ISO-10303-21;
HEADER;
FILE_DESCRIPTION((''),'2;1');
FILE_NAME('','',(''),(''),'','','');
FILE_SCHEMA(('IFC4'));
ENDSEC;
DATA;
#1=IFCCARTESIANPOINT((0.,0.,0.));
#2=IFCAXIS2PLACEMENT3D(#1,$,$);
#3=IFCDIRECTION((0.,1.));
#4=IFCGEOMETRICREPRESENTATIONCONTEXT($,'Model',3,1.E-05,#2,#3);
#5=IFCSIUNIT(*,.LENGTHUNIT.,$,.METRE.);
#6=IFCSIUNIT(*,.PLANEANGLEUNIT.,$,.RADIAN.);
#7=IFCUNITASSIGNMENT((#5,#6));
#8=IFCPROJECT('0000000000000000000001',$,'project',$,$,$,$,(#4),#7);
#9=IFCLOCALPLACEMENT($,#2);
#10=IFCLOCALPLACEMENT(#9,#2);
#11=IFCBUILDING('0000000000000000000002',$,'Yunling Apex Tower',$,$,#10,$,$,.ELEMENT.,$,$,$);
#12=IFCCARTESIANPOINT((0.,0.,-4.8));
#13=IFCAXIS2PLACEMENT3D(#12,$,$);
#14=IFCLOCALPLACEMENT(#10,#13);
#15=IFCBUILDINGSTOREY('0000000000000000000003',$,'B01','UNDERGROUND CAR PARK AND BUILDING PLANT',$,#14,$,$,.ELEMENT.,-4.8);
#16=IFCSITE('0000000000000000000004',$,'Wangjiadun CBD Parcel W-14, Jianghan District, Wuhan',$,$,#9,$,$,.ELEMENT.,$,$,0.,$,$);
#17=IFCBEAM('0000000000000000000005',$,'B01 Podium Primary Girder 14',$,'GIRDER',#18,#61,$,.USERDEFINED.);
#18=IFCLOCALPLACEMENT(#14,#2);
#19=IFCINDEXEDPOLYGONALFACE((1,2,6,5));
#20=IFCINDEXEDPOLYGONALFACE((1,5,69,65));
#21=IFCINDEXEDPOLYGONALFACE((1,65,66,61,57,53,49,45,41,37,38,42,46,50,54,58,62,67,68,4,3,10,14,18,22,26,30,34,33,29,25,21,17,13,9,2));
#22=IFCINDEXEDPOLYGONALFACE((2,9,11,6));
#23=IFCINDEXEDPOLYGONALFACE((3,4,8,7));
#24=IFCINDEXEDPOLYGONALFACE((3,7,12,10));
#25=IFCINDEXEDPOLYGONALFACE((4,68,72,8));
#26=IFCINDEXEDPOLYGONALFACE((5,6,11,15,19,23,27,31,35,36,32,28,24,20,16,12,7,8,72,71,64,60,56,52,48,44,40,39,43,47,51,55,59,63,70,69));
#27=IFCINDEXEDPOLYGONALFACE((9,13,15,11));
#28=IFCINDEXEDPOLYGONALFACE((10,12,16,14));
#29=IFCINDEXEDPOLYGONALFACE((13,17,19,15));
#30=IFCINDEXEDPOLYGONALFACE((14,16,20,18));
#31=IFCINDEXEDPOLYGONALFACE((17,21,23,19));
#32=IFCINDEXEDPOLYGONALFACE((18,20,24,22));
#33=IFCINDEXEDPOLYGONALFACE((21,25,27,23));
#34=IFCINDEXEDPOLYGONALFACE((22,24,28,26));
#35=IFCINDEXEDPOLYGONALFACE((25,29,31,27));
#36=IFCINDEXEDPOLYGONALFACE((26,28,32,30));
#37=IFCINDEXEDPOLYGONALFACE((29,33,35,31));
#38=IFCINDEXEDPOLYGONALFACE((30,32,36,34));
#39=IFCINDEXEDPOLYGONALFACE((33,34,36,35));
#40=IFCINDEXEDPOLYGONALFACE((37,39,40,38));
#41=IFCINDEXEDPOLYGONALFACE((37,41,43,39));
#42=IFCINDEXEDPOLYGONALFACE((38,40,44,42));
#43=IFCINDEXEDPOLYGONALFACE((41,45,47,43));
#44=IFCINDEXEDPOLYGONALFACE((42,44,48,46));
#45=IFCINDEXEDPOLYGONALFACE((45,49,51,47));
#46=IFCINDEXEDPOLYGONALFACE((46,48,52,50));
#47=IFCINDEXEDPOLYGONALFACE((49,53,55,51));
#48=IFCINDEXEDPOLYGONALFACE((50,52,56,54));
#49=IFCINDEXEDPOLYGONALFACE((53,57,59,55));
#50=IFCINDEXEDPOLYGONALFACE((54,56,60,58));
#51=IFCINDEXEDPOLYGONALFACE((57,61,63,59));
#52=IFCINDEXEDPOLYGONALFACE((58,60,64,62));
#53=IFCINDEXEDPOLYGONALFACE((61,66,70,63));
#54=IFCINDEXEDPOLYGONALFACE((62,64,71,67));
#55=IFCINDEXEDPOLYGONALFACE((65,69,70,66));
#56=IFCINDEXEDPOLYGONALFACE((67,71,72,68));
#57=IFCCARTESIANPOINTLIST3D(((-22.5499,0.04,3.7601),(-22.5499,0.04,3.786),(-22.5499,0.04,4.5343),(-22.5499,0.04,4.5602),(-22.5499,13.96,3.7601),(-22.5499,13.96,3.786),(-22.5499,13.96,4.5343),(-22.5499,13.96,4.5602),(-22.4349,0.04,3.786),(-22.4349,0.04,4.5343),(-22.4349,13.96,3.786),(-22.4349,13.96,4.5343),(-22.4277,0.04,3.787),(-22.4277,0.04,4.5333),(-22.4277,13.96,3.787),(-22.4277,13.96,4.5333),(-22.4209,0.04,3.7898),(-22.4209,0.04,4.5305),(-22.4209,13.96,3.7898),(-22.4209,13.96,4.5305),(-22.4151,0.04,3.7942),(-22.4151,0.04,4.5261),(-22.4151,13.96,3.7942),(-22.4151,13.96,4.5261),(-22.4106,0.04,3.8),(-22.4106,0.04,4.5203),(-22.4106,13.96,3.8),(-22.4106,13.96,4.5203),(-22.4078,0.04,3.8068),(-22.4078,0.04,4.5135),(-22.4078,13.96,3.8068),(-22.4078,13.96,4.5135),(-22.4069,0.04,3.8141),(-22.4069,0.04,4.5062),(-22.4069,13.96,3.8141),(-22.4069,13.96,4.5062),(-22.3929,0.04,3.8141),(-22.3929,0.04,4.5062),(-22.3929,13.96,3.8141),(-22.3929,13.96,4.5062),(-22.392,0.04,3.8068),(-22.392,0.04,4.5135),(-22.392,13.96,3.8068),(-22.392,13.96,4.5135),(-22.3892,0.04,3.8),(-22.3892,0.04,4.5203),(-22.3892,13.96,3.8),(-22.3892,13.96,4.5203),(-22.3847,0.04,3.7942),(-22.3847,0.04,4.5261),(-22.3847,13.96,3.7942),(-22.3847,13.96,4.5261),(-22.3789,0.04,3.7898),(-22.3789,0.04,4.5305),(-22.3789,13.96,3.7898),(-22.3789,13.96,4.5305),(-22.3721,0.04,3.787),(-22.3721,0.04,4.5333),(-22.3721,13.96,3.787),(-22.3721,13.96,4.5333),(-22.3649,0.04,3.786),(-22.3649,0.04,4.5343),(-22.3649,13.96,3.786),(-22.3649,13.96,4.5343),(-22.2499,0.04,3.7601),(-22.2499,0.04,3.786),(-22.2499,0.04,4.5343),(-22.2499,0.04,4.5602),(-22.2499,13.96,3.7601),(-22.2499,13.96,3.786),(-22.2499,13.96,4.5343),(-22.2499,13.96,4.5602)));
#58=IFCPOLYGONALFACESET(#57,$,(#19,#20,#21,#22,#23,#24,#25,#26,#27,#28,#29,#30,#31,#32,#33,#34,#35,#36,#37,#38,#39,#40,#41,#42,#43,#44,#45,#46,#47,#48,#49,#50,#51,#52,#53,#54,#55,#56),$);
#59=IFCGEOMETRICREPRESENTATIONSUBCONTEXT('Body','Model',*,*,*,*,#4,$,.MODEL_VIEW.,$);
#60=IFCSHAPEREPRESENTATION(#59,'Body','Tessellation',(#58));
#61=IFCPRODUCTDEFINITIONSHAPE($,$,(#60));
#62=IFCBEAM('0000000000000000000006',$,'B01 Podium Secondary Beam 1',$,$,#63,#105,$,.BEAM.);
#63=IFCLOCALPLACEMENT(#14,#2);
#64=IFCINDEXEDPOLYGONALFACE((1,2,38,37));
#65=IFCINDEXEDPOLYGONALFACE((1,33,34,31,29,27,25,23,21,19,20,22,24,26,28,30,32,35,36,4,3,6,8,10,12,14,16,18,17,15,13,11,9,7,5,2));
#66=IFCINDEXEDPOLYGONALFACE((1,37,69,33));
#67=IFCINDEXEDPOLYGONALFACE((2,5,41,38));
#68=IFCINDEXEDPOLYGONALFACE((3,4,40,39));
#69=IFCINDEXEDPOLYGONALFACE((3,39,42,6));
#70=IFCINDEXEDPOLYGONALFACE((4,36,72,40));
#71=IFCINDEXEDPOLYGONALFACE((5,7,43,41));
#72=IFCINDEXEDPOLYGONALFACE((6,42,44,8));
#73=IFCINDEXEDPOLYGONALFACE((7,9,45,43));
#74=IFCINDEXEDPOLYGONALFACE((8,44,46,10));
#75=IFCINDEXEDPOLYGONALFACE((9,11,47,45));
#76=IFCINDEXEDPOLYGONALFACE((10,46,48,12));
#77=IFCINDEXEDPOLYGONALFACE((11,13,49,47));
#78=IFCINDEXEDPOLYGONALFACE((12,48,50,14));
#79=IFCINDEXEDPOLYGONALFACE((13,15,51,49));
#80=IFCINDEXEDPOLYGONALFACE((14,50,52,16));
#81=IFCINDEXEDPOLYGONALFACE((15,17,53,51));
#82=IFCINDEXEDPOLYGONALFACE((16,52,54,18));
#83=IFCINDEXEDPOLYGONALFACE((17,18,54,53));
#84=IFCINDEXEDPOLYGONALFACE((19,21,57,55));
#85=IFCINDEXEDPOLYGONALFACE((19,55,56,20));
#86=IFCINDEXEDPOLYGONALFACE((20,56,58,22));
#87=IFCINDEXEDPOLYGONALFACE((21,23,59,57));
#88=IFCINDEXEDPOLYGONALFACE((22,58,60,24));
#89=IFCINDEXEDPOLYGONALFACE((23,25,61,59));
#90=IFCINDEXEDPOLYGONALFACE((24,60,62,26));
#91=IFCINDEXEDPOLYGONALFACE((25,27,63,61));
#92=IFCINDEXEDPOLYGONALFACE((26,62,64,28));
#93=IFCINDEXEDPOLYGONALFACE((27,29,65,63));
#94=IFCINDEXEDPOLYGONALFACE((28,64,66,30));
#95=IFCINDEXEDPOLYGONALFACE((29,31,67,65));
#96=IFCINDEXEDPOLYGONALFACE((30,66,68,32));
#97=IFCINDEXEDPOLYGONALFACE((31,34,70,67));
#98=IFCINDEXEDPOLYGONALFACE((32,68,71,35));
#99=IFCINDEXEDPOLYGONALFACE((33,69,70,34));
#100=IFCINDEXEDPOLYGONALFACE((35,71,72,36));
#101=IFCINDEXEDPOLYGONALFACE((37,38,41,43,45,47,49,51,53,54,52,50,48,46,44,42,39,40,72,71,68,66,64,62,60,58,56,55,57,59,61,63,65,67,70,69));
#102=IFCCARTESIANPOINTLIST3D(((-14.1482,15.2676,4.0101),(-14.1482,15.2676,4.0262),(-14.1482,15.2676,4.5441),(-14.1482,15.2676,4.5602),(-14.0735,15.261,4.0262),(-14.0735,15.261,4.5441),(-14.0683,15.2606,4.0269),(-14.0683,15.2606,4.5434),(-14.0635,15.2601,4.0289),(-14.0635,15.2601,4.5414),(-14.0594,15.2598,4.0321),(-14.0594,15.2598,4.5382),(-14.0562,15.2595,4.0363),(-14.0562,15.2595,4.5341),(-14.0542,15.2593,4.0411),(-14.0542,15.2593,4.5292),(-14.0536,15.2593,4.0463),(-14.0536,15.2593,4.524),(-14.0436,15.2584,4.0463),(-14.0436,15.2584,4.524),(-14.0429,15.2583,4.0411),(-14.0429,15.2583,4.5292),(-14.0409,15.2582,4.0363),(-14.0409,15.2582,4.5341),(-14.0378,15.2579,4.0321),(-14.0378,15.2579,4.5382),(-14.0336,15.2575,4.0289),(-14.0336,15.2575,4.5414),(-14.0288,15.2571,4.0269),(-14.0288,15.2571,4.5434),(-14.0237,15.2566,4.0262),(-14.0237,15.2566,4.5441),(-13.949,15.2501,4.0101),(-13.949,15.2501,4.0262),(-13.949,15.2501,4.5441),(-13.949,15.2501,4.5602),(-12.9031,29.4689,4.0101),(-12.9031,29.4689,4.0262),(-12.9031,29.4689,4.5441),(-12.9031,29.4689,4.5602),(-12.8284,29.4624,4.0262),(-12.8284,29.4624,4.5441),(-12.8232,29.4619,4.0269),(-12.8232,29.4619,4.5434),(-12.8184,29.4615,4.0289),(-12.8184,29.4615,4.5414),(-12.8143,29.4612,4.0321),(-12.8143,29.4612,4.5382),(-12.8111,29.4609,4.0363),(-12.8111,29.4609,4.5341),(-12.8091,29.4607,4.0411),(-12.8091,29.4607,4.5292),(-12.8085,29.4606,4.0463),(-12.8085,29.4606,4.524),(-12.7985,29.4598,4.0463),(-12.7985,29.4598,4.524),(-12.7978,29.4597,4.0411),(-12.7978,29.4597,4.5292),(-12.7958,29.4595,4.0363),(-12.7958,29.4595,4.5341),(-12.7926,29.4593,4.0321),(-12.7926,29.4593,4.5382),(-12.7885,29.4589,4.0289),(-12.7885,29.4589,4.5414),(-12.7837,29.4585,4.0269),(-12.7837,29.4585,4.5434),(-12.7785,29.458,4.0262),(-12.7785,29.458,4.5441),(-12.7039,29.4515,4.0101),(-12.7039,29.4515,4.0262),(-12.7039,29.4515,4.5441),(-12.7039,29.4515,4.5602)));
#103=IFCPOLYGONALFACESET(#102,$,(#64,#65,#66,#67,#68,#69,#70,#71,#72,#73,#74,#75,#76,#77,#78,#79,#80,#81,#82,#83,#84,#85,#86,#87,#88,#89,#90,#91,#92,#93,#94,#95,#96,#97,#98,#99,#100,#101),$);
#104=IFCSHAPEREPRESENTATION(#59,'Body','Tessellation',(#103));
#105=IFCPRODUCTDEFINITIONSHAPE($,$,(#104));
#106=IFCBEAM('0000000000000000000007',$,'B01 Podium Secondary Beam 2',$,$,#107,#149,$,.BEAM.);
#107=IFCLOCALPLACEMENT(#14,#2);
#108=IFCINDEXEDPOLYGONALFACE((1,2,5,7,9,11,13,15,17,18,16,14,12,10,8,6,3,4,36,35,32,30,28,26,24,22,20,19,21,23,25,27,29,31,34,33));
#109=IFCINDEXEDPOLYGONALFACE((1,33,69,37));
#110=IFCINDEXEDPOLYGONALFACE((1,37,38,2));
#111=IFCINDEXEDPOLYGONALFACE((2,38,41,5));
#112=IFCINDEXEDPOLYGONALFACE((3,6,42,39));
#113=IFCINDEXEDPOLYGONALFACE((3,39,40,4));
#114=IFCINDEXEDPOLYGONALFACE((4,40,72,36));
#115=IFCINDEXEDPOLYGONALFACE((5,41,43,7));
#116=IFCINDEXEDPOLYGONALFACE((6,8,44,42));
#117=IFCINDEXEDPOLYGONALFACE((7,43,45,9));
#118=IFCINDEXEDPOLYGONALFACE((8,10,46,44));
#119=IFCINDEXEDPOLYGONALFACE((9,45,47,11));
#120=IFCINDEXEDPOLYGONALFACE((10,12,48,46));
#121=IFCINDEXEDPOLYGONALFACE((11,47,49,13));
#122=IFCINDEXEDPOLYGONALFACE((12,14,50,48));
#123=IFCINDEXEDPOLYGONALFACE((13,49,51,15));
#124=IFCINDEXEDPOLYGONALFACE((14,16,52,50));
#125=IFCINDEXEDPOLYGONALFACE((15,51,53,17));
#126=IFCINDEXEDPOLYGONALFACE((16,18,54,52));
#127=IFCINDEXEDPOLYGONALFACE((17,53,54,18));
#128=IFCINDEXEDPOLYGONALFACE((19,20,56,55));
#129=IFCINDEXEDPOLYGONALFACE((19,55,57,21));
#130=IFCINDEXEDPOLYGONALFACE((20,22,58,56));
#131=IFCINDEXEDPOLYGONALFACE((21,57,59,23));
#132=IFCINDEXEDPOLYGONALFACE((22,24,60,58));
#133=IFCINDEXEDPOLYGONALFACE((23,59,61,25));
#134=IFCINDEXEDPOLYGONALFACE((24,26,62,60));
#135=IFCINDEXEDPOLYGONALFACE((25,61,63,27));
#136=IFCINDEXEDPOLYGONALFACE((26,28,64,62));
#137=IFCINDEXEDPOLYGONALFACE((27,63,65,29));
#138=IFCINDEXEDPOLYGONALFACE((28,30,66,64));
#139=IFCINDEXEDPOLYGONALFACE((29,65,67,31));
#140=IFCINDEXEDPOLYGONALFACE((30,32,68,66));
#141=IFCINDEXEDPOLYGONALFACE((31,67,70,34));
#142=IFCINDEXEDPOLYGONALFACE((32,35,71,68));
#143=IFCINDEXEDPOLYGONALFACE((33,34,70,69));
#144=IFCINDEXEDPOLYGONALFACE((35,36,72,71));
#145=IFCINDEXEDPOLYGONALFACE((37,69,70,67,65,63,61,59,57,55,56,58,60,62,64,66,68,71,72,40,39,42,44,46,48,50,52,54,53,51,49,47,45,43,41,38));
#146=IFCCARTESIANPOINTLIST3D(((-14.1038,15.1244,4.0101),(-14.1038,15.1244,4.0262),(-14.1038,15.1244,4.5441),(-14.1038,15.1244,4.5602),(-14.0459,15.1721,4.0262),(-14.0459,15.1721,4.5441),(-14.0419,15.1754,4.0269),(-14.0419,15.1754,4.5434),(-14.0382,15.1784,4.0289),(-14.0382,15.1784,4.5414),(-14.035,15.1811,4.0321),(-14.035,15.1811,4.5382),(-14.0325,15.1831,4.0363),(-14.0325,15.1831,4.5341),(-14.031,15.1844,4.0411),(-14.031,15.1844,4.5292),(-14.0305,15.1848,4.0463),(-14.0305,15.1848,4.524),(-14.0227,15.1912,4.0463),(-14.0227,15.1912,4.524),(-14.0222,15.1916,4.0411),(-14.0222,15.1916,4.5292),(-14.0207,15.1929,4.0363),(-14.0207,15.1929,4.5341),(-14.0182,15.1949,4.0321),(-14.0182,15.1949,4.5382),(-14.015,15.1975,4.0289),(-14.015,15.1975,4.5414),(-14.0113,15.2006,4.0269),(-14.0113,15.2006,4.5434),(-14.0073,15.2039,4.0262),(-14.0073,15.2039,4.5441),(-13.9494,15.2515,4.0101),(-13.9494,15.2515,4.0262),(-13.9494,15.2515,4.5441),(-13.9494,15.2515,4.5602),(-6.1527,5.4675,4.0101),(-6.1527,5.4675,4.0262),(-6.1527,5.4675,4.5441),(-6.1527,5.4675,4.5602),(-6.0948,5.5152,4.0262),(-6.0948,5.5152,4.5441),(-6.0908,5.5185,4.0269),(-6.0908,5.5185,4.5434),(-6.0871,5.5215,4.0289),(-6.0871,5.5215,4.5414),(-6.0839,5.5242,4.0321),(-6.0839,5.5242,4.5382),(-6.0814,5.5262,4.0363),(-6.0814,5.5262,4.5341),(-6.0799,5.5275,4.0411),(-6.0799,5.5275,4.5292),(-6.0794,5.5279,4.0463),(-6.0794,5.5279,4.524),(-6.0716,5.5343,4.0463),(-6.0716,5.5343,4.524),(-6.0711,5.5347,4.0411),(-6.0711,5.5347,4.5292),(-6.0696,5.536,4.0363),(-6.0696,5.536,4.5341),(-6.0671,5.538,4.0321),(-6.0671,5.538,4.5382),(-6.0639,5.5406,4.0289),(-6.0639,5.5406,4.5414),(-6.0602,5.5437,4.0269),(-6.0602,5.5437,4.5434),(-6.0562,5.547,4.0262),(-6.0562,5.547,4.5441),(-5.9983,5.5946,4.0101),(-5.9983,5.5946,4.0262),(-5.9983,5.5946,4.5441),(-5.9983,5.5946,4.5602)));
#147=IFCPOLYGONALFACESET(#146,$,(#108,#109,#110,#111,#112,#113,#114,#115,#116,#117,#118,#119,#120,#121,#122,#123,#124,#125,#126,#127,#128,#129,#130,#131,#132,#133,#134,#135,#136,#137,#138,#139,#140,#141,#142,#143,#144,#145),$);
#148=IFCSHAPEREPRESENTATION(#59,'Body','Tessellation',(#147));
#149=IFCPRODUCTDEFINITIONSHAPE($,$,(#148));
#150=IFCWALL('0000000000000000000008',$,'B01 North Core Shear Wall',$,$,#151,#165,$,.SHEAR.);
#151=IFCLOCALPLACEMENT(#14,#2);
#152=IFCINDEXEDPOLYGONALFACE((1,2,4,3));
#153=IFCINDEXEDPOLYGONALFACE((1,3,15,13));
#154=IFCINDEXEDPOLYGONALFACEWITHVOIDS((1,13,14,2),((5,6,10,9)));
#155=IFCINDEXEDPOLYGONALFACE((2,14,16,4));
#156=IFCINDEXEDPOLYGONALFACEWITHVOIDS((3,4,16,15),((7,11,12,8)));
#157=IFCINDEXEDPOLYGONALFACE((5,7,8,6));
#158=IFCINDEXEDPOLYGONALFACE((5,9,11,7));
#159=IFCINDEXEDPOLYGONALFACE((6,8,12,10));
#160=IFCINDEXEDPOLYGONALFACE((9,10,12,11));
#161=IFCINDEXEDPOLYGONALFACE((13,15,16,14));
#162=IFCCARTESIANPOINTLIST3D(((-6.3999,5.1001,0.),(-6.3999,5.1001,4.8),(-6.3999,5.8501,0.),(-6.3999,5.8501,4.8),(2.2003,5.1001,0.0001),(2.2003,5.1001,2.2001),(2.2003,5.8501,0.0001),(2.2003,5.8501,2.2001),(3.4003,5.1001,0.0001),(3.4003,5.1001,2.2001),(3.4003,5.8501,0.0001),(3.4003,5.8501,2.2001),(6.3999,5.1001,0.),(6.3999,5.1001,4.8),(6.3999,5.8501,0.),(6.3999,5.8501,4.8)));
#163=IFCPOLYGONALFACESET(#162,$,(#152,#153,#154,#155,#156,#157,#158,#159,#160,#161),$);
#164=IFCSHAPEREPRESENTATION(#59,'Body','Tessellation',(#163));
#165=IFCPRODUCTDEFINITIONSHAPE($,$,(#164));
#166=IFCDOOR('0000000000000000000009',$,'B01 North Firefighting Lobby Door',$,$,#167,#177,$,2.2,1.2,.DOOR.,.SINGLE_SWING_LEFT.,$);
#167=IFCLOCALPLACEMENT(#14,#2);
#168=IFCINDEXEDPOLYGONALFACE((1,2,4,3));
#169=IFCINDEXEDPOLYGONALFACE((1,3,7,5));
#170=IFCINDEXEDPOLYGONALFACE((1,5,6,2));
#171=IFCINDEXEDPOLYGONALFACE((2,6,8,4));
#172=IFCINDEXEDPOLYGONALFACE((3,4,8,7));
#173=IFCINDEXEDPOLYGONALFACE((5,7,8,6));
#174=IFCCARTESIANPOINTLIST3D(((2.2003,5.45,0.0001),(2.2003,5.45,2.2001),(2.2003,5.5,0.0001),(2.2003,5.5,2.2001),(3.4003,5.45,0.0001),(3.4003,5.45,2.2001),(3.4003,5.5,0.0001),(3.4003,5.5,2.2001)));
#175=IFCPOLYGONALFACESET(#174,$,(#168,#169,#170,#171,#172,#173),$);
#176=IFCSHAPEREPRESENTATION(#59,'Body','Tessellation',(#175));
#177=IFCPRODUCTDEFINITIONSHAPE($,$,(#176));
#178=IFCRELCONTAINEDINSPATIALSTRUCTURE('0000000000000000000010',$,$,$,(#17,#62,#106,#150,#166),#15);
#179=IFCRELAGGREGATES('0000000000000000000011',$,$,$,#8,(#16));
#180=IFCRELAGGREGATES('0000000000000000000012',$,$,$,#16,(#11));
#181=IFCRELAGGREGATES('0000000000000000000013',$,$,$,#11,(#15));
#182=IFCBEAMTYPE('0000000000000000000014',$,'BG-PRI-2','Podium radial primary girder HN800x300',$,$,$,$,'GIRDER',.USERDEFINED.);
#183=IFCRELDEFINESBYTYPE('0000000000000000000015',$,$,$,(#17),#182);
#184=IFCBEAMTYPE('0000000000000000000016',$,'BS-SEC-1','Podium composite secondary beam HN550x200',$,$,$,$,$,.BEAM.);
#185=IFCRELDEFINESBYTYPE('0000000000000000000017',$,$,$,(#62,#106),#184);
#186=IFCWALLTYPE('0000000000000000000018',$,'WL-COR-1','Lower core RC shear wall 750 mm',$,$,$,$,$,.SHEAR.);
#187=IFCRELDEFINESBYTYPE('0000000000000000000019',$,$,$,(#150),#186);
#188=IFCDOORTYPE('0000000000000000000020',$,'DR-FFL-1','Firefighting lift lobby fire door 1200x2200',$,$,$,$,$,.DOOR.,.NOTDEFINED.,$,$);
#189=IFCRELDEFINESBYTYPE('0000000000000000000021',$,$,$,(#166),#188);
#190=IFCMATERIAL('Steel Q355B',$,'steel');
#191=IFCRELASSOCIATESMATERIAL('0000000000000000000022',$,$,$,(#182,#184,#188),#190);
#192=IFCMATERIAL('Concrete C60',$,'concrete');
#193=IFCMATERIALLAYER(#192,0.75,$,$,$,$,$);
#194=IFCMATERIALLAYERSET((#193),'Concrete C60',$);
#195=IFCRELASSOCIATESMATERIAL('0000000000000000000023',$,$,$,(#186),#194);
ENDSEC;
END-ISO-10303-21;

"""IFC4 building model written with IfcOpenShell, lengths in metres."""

from ifc_helpers import new_model, si_unit, direction, frame, frame_2d, origin, origin_2d, place, context, subcontext, project, spatial, rectangle, i_section, extrude, source, transform, mapped, material, layer, layer_set, material_profile, profile_set, type_object, element, fill, save


model = new_model("IFC4")

# Units and contexts
model_context = context("Model", 3, precision=1e-05, world=origin(), true_north=direction((0.0, 1.0)))
body_context = subcontext(model_context, "Body", "Model", "MODEL_VIEW")
ifc_project = project(units=[si_unit("LENGTHUNIT", "METRE"), si_unit("PLANEANGLEUNIT", "RADIAN")], contexts=[model_context])

# Site, building, storey
site_placement = place(None, origin())
site = spatial("IfcSite", under=ifc_project, at=site_placement, Name="Wangjiadun CBD Parcel W-14, Jianghan District, Wuhan", CompositionType="ELEMENT", RefElevation=0.0)
building_placement = place(site_placement, origin())
building = spatial("IfcBuilding", under=site, at=building_placement, Name="Yunling Apex Tower", CompositionType="ELEMENT")
storey_placement = place(building_placement, frame((0.0, 0.0, -4.8)))
storey = spatial("IfcBuildingStorey", under=building, at=storey_placement, Name="B01", Description="UNDERGROUND CAR PARK AND BUILDING PLANT", CompositionType="ELEMENT", Elevation=-4.8)

# Shared definitions
ifc_material_1 = material(Name="Concrete C60", Category="concrete")

# Beams
ifc_material_2 = material(Name="Steel Q355B", Category="steel")
ifc_material_profile_1 = material_profile(ifc_material_2, i_section(OverallWidth=0.3, OverallDepth=0.8, WebThickness=0.0139, FlangeThickness=0.0259, FilletRadius=0.0281, at=origin_2d()))
ifc_profile_set_1 = profile_set([ifc_material_profile_1], Name="Steel Q355B")
beam_type_1 = type_object("IfcBeamType", Name="BG-PRI-2", Description="Podium radial primary girder HN800x300", ElementType="GIRDER", PredefinedType="USERDEFINED", material=ifc_profile_set_1)
shared_shape_1 = source(origin(), body_context, "Body", "SweptSolid", [
    extrude(i_section(OverallWidth=0.3, OverallDepth=0.8, WebThickness=0.0139, FlangeThickness=0.0259, FilletRadius=0.0281, at=origin_2d()), origin(), (0.0, 0.0, 1.0), 13.9199),
])
beam_1_placement = place(storey_placement, frame((-22.3999, 13.96, 4.1602), z_axis=(0.0, -1.0, 0.0), x_axis=(1.0, 0.0, 0.0)))
element("IfcBeam", 1, at=beam_1_placement, inside=storey, type_object=beam_type_1, Name="B01 Podium Primary Girder 14", ObjectType="GIRDER", PredefinedType="USERDEFINED", context=body_context, shape_type="MappedRepresentation", body=[
    mapped(shared_shape_1, transform((0.0, 0.0, 0.0), scale=1.0)),
])
ifc_material_profile_2 = material_profile(ifc_material_2, i_section(OverallWidth=0.2, OverallDepth=0.55, WebThickness=0.01, FlangeThickness=0.0161, FilletRadius=0.02, at=origin_2d()))
ifc_profile_set_2 = profile_set([ifc_material_profile_2], Name="Steel Q355B")
beam_type_2 = type_object("IfcBeamType", Name="BS-SEC-1", Description="Podium composite secondary beam HN550x200", PredefinedType="BEAM", material=ifc_profile_set_2)
shared_shape_2 = source(origin(), body_context, "Body", "SweptSolid", [
    extrude(i_section(OverallWidth=0.2, OverallDepth=0.55, WebThickness=0.01, FlangeThickness=0.0161, FilletRadius=0.02, at=origin_2d()), origin(), (0.0, 0.0, 1.0), 14.2559),
])
beam_2_placement = place(storey_placement, frame((-12.8035, 29.4602, 4.2852), z_axis=(-0.087341, -0.996179, 0.0), x_axis=(0.996179, -0.087341, 0.0)))
element("IfcBeam", 2, at=beam_2_placement, inside=storey, type_object=beam_type_2, Name="B01 Podium Secondary Beam 1", PredefinedType="BEAM", context=body_context, shape_type="MappedRepresentation", body=[
    mapped(shared_shape_2, transform((0.0, 0.0, 0.0), scale=1.0)),
])
shared_shape_3 = source(origin(), body_context, "Body", "SweptSolid", [
    extrude(i_section(OverallWidth=0.2, OverallDepth=0.55, WebThickness=0.01, FlangeThickness=0.0161, FilletRadius=0.02, at=origin_2d()), origin(), (0.0, 0.0, 1.0), 12.509),
])
beam_3_placement = place(storey_placement, frame((-14.0266, 15.188, 4.2852), z_axis=(0.635629, -0.771994, 0.0), x_axis=(0.771994, 0.635629, 0.0)))
element("IfcBeam", 3, at=beam_3_placement, inside=storey, type_object=beam_type_2, Name="B01 Podium Secondary Beam 2", PredefinedType="BEAM", context=body_context, shape_type="MappedRepresentation", body=[
    mapped(shared_shape_3, transform((0.0, 0.0, 0.0), scale=1.0)),
])

# Wall, opening, door
ifc_layer_1 = layer(ifc_material_1, 0.75)
ifc_layer_set_1 = layer_set([ifc_layer_1], Name="Concrete C60")
wall_type_1 = type_object("IfcWallType", Name="WL-COR-1", Description="Lower core RC shear wall 750 mm", PredefinedType="SHEAR", material=ifc_layer_set_1)
wall_1_placement = place(storey_placement, frame((-6.3999, 5.4751, 0.0), z_axis=(0.0, 0.0, 1.0), x_axis=(1.0, 0.0, 0.0)))
wall_1 = element("IfcWall", 4, at=wall_1_placement, inside=storey, type_object=wall_type_1, Name="B01 North Core Shear Wall", PredefinedType="SHEAR", context=body_context, shape_type="SweptSolid", body=[
    extrude(rectangle(XDim=12.7998, YDim=0.75, at=frame_2d((6.3999, 0.0))), origin(), (0.0, 0.0, 1.0), 4.8),
])
opening_1_placement = place(wall_1_placement, frame((8.6001, 0.0, 0.0)))
opening_1 = element("IfcOpeningElement", 5, at=opening_1_placement, cuts=wall_1, PredefinedType="OPENING", context=body_context, shape_type="SweptSolid", body=[
    extrude(rectangle(XDim=1.2, YDim=2.2, at=frame_2d((0.6001, 1.1001))), frame((0.0, 0.385, 0.0), z_axis=(0.0, -1.0, 0.0), x_axis=(1.0, 0.0, 0.0)), (0.0, 0.0, 1.0), 0.77),
])
door_type_1 = type_object("IfcDoorType", Name="DR-FFL-1", Description="Firefighting lift lobby fire door 1200x2200", OperationType="NOTDEFINED", PredefinedType="DOOR", material=ifc_material_2)
door_1_placement = place(opening_1_placement, origin())
door_1 = element("IfcDoor", 6, at=door_1_placement, inside=storey, type_object=door_type_1, Name="B01 North Firefighting Lobby Door", OperationType="SINGLE_SWING_LEFT", OverallHeight=2.2, OverallWidth=1.2, PredefinedType="DOOR", context=body_context, shape_type="SweptSolid", body=[
    extrude(rectangle(XDim=1.2, YDim=2.2, at=frame_2d((0.6001, 1.1001))), frame((0.0, 0.0249, 0.0), z_axis=(0.0, -1.0, 0.0), x_axis=(1.0, 0.0, 0.0)), (0.0, 0.0, 1.0), 0.05),
])
fill(opening_1, door_1)

save(model, "model.ifc")
